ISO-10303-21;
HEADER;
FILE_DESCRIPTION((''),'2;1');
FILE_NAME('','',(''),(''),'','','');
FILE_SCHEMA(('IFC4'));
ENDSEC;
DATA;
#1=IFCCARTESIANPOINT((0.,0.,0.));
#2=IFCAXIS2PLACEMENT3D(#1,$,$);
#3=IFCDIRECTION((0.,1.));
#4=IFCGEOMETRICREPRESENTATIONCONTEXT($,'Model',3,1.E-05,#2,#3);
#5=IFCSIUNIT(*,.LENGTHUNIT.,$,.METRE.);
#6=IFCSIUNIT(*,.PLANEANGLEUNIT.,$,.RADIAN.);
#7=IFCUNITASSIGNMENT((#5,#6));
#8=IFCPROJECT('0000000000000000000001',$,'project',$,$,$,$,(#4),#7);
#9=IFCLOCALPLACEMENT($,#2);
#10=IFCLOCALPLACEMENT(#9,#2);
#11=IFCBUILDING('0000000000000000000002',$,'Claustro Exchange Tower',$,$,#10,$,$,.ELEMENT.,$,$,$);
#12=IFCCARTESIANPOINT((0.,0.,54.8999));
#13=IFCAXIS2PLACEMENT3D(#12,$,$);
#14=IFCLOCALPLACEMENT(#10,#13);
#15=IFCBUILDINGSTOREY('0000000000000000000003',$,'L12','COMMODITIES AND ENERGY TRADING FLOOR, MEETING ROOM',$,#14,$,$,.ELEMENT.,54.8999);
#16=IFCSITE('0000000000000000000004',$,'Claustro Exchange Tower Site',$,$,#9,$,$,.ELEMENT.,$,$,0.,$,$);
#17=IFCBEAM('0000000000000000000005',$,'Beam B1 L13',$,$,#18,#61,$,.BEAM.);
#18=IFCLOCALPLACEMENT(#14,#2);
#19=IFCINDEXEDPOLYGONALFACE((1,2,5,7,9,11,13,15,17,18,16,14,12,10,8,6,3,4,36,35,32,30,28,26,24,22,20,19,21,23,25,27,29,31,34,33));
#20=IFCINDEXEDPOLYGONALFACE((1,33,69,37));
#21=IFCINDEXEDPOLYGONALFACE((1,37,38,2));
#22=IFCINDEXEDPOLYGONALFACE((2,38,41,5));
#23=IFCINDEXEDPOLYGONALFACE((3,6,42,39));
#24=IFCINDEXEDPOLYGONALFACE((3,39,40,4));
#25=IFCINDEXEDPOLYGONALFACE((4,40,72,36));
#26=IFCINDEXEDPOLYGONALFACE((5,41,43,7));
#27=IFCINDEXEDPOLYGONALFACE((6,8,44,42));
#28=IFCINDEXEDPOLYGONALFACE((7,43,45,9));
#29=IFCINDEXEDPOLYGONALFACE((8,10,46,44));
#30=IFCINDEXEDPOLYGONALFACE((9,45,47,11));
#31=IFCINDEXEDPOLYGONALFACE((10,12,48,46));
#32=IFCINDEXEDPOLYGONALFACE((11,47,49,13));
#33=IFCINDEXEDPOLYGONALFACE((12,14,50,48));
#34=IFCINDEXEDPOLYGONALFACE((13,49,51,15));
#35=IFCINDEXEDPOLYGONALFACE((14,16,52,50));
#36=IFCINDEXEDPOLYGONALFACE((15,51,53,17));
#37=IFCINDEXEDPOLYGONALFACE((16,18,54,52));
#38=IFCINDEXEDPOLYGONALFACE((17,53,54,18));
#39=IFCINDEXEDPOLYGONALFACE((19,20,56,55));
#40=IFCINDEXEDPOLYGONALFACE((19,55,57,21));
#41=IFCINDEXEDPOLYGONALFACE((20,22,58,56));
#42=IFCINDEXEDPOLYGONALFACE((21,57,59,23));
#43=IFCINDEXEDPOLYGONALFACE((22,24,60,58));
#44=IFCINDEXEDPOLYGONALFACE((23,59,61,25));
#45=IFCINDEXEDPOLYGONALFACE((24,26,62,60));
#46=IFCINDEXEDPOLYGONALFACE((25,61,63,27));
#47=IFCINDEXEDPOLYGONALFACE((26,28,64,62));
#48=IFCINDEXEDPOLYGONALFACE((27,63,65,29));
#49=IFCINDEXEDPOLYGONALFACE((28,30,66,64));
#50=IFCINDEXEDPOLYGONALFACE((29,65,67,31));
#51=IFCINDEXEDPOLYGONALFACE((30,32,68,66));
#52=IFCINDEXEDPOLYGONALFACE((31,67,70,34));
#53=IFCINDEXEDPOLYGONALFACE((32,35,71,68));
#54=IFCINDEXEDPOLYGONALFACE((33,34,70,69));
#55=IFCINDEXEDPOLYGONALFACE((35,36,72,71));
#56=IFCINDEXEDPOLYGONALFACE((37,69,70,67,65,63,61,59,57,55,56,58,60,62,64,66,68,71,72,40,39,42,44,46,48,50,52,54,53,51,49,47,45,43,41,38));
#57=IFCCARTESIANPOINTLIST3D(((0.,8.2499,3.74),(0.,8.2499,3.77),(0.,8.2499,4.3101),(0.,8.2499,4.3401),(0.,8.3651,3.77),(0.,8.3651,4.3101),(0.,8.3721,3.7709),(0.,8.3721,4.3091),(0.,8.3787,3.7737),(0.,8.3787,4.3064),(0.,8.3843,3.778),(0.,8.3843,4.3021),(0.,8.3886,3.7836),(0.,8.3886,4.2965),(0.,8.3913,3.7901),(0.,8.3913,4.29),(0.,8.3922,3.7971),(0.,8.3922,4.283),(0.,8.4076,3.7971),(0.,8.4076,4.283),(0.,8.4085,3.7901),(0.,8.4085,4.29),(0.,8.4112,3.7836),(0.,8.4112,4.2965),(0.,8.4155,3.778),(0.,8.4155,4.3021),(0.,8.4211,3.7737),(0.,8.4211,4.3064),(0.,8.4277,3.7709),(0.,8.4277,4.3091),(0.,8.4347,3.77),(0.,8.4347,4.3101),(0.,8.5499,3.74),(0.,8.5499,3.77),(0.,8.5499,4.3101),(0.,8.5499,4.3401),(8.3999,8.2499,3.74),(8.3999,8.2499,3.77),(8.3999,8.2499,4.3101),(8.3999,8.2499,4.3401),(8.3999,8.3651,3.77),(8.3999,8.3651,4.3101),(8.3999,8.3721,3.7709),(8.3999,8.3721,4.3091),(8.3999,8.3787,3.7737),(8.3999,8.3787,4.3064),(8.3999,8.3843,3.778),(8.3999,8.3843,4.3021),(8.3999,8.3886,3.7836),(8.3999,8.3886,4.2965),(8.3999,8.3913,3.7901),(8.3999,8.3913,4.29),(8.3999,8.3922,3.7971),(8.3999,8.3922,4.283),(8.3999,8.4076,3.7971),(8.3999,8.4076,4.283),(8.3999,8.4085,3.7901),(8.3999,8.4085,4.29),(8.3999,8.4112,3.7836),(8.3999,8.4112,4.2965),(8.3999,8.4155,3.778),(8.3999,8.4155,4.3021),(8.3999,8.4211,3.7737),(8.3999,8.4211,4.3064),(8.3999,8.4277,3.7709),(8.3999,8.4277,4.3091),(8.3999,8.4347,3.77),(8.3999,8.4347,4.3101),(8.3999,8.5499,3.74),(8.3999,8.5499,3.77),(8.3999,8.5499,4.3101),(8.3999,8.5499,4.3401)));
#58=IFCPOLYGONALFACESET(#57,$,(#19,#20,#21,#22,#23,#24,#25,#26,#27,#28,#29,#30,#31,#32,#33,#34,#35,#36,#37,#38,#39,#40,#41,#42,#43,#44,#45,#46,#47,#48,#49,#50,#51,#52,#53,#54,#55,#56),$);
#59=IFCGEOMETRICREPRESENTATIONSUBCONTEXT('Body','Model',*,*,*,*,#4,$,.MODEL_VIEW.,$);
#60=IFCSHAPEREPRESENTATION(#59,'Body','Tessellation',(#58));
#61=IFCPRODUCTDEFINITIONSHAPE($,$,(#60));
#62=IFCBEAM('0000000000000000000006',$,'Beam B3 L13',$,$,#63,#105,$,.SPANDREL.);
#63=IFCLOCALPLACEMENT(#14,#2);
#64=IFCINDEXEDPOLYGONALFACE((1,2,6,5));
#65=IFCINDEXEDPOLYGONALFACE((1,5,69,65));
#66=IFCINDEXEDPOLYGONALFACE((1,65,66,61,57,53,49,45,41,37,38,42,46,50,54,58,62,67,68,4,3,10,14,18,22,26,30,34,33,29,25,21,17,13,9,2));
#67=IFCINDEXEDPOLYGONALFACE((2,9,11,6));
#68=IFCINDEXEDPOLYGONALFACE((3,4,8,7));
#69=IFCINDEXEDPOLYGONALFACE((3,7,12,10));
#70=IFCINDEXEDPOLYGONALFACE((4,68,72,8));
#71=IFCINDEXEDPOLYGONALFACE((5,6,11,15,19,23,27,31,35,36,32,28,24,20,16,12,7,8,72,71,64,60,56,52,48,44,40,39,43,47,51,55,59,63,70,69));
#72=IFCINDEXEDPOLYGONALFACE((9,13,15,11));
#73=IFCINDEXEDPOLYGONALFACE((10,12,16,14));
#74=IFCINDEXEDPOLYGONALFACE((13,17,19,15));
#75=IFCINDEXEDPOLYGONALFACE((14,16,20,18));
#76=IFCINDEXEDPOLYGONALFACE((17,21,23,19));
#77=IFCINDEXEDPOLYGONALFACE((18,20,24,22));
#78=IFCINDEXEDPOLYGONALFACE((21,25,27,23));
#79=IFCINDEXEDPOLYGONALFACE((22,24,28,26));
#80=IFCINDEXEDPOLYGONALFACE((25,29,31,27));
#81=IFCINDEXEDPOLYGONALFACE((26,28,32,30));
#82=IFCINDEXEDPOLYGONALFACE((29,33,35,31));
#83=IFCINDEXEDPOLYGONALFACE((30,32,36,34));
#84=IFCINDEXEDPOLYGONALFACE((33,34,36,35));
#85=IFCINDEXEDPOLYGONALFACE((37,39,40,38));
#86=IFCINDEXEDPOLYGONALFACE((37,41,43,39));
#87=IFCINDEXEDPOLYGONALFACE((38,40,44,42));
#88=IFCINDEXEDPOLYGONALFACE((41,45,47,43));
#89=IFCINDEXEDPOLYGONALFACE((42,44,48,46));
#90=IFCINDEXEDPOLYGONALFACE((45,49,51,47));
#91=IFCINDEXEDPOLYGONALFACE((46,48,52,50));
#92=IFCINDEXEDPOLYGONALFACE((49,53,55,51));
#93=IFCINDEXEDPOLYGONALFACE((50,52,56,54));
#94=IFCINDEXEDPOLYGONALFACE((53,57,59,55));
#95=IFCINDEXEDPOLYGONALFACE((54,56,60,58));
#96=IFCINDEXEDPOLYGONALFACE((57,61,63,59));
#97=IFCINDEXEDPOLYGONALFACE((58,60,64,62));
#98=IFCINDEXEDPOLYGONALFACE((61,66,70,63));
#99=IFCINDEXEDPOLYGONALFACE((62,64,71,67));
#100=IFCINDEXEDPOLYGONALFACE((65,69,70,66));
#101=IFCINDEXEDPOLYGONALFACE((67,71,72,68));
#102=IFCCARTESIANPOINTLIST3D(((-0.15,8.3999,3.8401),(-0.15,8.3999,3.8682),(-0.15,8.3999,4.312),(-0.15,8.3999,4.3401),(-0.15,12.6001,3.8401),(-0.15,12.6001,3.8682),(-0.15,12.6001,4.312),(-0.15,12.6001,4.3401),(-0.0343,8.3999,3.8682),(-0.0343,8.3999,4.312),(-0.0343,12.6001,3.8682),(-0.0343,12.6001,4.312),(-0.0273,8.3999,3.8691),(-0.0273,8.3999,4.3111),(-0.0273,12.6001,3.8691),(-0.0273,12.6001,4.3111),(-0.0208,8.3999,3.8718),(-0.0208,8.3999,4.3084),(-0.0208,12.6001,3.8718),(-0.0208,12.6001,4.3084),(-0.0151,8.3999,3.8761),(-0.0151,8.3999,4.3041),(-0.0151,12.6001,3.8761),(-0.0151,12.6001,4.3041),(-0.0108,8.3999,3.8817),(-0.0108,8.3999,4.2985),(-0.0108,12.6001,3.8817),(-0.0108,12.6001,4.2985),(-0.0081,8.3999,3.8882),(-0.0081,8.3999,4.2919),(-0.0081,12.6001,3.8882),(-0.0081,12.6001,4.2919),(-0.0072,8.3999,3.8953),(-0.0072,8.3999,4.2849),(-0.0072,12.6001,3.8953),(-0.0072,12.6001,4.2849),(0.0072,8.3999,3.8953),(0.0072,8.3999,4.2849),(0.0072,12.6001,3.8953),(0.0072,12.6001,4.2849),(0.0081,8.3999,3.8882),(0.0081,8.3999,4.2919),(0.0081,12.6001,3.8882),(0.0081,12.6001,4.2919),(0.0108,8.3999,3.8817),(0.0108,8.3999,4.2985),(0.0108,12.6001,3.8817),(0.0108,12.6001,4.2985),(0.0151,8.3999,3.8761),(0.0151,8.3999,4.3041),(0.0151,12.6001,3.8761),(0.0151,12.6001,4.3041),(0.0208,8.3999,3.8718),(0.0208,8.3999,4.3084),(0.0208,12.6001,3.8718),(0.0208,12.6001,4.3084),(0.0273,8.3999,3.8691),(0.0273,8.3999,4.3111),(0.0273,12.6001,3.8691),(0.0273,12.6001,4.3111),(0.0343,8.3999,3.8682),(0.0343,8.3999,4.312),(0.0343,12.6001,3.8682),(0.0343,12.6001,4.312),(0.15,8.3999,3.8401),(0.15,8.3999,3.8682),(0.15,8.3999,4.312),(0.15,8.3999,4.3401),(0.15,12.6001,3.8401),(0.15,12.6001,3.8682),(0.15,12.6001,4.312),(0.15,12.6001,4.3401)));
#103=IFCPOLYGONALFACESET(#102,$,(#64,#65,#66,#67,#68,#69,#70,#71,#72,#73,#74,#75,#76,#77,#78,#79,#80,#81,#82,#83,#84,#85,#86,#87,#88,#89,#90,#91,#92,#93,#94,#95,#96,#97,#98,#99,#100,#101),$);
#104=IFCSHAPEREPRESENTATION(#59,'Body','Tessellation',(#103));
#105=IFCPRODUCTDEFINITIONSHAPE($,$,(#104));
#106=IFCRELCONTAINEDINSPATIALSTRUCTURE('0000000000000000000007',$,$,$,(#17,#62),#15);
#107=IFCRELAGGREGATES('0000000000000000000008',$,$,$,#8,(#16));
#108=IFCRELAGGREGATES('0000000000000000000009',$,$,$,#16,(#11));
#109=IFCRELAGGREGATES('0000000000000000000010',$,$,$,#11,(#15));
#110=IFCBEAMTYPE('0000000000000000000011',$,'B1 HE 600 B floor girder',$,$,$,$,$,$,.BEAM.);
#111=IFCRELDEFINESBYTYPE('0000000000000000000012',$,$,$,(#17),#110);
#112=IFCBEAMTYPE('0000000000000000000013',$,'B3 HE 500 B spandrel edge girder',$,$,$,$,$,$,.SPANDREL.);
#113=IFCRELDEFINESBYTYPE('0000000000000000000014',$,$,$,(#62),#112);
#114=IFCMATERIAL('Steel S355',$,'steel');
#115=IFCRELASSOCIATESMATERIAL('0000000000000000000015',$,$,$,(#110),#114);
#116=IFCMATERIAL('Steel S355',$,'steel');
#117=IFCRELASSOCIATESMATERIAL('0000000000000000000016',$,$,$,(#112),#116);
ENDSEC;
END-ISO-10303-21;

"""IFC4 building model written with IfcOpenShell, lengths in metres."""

from ifc_helpers import new_model, si_unit, direction, frame, origin, origin_2d, place, context, subcontext, project, spatial, i_section, extrude, material, material_profile, profile_set, type_object, element, save


model = new_model("IFC4")

# Units and contexts
model_context = context("Model", 3, precision=1e-05, world=origin(), true_north=direction((0.0, 1.0)))
body_context = subcontext(model_context, "Body", "Model", "MODEL_VIEW")
ifc_project = project(units=[si_unit("LENGTHUNIT", "METRE"), si_unit("PLANEANGLEUNIT", "RADIAN")], contexts=[model_context])

# Site, building, storey
site_placement = place(None, origin())
site = spatial("IfcSite", under=ifc_project, at=site_placement, Name="Claustro Exchange Tower Site", CompositionType="ELEMENT", RefElevation=0.0)
building_placement = place(site_placement, origin())
building = spatial("IfcBuilding", under=site, at=building_placement, Name="Claustro Exchange Tower", CompositionType="ELEMENT")
storey_placement = place(building_placement, frame((0.0, 0.0, 54.8999)))
storey = spatial("IfcBuildingStorey", under=building, at=storey_placement, Name="L12", Description="COMMODITIES AND ENERGY TRADING FLOOR, MEETING ROOM", CompositionType="ELEMENT", Elevation=54.8999)

# Beams
ifc_material_1 = material(Name="Steel S355", Category="steel")
ifc_material_profile_1 = material_profile(ifc_material_1, i_section(OverallWidth=0.3, OverallDepth=0.6001, WebThickness=0.0154, FlangeThickness=0.03, FilletRadius=0.0271, at=origin_2d()), Name="HE 600 B")
ifc_profile_set_1 = profile_set([ifc_material_profile_1], Name="Steel S355")
beam_type_1 = type_object("IfcBeamType", Name="B1 HE 600 B floor girder", PredefinedType="BEAM", material=ifc_profile_set_1)
beam_1_placement = place(storey_placement, frame((0.0, 8.3999, 4.04), z_axis=(1.0, 0.0, 0.0), x_axis=(0.0, 1.0, 0.0)))
element("IfcBeam", 1, at=beam_1_placement, inside=storey, type_object=beam_type_1, Name="Beam B1 L13", PredefinedType="BEAM", context=body_context, shape_type="SweptSolid", body=[
    extrude(i_section(OverallWidth=0.3, OverallDepth=0.6001, WebThickness=0.0154, FlangeThickness=0.03, FilletRadius=0.0271, at=origin_2d()), origin(), (0.0, 0.0, 1.0), 8.3999),
])
ifc_material_2 = material(Name="Steel S355", Category="steel")
ifc_material_profile_2 = material_profile(ifc_material_2, i_section(OverallWidth=0.3, OverallDepth=0.5, WebThickness=0.0144, FlangeThickness=0.0281, FilletRadius=0.0271, at=origin_2d()), Name="HE 500 B")
ifc_profile_set_2 = profile_set([ifc_material_profile_2], Name="Steel S355")
beam_type_2 = type_object("IfcBeamType", Name="B3 HE 500 B spandrel edge girder", PredefinedType="SPANDREL", material=ifc_profile_set_2)
beam_2_placement = place(storey_placement, frame((0.0, 8.3999, 4.0901), z_axis=(0.0, 1.0, 0.0), x_axis=(-1.0, 0.0, 0.0)))
element("IfcBeam", 2, at=beam_2_placement, inside=storey, type_object=beam_type_2, Name="Beam B3 L13", PredefinedType="SPANDREL", context=body_context, shape_type="SweptSolid", body=[
    extrude(i_section(OverallWidth=0.3, OverallDepth=0.5, WebThickness=0.0144, FlangeThickness=0.0281, FilletRadius=0.0271, at=origin_2d()), origin(), (0.0, 0.0, 1.0), 4.2002),
])

save(model, "model.ifc")
